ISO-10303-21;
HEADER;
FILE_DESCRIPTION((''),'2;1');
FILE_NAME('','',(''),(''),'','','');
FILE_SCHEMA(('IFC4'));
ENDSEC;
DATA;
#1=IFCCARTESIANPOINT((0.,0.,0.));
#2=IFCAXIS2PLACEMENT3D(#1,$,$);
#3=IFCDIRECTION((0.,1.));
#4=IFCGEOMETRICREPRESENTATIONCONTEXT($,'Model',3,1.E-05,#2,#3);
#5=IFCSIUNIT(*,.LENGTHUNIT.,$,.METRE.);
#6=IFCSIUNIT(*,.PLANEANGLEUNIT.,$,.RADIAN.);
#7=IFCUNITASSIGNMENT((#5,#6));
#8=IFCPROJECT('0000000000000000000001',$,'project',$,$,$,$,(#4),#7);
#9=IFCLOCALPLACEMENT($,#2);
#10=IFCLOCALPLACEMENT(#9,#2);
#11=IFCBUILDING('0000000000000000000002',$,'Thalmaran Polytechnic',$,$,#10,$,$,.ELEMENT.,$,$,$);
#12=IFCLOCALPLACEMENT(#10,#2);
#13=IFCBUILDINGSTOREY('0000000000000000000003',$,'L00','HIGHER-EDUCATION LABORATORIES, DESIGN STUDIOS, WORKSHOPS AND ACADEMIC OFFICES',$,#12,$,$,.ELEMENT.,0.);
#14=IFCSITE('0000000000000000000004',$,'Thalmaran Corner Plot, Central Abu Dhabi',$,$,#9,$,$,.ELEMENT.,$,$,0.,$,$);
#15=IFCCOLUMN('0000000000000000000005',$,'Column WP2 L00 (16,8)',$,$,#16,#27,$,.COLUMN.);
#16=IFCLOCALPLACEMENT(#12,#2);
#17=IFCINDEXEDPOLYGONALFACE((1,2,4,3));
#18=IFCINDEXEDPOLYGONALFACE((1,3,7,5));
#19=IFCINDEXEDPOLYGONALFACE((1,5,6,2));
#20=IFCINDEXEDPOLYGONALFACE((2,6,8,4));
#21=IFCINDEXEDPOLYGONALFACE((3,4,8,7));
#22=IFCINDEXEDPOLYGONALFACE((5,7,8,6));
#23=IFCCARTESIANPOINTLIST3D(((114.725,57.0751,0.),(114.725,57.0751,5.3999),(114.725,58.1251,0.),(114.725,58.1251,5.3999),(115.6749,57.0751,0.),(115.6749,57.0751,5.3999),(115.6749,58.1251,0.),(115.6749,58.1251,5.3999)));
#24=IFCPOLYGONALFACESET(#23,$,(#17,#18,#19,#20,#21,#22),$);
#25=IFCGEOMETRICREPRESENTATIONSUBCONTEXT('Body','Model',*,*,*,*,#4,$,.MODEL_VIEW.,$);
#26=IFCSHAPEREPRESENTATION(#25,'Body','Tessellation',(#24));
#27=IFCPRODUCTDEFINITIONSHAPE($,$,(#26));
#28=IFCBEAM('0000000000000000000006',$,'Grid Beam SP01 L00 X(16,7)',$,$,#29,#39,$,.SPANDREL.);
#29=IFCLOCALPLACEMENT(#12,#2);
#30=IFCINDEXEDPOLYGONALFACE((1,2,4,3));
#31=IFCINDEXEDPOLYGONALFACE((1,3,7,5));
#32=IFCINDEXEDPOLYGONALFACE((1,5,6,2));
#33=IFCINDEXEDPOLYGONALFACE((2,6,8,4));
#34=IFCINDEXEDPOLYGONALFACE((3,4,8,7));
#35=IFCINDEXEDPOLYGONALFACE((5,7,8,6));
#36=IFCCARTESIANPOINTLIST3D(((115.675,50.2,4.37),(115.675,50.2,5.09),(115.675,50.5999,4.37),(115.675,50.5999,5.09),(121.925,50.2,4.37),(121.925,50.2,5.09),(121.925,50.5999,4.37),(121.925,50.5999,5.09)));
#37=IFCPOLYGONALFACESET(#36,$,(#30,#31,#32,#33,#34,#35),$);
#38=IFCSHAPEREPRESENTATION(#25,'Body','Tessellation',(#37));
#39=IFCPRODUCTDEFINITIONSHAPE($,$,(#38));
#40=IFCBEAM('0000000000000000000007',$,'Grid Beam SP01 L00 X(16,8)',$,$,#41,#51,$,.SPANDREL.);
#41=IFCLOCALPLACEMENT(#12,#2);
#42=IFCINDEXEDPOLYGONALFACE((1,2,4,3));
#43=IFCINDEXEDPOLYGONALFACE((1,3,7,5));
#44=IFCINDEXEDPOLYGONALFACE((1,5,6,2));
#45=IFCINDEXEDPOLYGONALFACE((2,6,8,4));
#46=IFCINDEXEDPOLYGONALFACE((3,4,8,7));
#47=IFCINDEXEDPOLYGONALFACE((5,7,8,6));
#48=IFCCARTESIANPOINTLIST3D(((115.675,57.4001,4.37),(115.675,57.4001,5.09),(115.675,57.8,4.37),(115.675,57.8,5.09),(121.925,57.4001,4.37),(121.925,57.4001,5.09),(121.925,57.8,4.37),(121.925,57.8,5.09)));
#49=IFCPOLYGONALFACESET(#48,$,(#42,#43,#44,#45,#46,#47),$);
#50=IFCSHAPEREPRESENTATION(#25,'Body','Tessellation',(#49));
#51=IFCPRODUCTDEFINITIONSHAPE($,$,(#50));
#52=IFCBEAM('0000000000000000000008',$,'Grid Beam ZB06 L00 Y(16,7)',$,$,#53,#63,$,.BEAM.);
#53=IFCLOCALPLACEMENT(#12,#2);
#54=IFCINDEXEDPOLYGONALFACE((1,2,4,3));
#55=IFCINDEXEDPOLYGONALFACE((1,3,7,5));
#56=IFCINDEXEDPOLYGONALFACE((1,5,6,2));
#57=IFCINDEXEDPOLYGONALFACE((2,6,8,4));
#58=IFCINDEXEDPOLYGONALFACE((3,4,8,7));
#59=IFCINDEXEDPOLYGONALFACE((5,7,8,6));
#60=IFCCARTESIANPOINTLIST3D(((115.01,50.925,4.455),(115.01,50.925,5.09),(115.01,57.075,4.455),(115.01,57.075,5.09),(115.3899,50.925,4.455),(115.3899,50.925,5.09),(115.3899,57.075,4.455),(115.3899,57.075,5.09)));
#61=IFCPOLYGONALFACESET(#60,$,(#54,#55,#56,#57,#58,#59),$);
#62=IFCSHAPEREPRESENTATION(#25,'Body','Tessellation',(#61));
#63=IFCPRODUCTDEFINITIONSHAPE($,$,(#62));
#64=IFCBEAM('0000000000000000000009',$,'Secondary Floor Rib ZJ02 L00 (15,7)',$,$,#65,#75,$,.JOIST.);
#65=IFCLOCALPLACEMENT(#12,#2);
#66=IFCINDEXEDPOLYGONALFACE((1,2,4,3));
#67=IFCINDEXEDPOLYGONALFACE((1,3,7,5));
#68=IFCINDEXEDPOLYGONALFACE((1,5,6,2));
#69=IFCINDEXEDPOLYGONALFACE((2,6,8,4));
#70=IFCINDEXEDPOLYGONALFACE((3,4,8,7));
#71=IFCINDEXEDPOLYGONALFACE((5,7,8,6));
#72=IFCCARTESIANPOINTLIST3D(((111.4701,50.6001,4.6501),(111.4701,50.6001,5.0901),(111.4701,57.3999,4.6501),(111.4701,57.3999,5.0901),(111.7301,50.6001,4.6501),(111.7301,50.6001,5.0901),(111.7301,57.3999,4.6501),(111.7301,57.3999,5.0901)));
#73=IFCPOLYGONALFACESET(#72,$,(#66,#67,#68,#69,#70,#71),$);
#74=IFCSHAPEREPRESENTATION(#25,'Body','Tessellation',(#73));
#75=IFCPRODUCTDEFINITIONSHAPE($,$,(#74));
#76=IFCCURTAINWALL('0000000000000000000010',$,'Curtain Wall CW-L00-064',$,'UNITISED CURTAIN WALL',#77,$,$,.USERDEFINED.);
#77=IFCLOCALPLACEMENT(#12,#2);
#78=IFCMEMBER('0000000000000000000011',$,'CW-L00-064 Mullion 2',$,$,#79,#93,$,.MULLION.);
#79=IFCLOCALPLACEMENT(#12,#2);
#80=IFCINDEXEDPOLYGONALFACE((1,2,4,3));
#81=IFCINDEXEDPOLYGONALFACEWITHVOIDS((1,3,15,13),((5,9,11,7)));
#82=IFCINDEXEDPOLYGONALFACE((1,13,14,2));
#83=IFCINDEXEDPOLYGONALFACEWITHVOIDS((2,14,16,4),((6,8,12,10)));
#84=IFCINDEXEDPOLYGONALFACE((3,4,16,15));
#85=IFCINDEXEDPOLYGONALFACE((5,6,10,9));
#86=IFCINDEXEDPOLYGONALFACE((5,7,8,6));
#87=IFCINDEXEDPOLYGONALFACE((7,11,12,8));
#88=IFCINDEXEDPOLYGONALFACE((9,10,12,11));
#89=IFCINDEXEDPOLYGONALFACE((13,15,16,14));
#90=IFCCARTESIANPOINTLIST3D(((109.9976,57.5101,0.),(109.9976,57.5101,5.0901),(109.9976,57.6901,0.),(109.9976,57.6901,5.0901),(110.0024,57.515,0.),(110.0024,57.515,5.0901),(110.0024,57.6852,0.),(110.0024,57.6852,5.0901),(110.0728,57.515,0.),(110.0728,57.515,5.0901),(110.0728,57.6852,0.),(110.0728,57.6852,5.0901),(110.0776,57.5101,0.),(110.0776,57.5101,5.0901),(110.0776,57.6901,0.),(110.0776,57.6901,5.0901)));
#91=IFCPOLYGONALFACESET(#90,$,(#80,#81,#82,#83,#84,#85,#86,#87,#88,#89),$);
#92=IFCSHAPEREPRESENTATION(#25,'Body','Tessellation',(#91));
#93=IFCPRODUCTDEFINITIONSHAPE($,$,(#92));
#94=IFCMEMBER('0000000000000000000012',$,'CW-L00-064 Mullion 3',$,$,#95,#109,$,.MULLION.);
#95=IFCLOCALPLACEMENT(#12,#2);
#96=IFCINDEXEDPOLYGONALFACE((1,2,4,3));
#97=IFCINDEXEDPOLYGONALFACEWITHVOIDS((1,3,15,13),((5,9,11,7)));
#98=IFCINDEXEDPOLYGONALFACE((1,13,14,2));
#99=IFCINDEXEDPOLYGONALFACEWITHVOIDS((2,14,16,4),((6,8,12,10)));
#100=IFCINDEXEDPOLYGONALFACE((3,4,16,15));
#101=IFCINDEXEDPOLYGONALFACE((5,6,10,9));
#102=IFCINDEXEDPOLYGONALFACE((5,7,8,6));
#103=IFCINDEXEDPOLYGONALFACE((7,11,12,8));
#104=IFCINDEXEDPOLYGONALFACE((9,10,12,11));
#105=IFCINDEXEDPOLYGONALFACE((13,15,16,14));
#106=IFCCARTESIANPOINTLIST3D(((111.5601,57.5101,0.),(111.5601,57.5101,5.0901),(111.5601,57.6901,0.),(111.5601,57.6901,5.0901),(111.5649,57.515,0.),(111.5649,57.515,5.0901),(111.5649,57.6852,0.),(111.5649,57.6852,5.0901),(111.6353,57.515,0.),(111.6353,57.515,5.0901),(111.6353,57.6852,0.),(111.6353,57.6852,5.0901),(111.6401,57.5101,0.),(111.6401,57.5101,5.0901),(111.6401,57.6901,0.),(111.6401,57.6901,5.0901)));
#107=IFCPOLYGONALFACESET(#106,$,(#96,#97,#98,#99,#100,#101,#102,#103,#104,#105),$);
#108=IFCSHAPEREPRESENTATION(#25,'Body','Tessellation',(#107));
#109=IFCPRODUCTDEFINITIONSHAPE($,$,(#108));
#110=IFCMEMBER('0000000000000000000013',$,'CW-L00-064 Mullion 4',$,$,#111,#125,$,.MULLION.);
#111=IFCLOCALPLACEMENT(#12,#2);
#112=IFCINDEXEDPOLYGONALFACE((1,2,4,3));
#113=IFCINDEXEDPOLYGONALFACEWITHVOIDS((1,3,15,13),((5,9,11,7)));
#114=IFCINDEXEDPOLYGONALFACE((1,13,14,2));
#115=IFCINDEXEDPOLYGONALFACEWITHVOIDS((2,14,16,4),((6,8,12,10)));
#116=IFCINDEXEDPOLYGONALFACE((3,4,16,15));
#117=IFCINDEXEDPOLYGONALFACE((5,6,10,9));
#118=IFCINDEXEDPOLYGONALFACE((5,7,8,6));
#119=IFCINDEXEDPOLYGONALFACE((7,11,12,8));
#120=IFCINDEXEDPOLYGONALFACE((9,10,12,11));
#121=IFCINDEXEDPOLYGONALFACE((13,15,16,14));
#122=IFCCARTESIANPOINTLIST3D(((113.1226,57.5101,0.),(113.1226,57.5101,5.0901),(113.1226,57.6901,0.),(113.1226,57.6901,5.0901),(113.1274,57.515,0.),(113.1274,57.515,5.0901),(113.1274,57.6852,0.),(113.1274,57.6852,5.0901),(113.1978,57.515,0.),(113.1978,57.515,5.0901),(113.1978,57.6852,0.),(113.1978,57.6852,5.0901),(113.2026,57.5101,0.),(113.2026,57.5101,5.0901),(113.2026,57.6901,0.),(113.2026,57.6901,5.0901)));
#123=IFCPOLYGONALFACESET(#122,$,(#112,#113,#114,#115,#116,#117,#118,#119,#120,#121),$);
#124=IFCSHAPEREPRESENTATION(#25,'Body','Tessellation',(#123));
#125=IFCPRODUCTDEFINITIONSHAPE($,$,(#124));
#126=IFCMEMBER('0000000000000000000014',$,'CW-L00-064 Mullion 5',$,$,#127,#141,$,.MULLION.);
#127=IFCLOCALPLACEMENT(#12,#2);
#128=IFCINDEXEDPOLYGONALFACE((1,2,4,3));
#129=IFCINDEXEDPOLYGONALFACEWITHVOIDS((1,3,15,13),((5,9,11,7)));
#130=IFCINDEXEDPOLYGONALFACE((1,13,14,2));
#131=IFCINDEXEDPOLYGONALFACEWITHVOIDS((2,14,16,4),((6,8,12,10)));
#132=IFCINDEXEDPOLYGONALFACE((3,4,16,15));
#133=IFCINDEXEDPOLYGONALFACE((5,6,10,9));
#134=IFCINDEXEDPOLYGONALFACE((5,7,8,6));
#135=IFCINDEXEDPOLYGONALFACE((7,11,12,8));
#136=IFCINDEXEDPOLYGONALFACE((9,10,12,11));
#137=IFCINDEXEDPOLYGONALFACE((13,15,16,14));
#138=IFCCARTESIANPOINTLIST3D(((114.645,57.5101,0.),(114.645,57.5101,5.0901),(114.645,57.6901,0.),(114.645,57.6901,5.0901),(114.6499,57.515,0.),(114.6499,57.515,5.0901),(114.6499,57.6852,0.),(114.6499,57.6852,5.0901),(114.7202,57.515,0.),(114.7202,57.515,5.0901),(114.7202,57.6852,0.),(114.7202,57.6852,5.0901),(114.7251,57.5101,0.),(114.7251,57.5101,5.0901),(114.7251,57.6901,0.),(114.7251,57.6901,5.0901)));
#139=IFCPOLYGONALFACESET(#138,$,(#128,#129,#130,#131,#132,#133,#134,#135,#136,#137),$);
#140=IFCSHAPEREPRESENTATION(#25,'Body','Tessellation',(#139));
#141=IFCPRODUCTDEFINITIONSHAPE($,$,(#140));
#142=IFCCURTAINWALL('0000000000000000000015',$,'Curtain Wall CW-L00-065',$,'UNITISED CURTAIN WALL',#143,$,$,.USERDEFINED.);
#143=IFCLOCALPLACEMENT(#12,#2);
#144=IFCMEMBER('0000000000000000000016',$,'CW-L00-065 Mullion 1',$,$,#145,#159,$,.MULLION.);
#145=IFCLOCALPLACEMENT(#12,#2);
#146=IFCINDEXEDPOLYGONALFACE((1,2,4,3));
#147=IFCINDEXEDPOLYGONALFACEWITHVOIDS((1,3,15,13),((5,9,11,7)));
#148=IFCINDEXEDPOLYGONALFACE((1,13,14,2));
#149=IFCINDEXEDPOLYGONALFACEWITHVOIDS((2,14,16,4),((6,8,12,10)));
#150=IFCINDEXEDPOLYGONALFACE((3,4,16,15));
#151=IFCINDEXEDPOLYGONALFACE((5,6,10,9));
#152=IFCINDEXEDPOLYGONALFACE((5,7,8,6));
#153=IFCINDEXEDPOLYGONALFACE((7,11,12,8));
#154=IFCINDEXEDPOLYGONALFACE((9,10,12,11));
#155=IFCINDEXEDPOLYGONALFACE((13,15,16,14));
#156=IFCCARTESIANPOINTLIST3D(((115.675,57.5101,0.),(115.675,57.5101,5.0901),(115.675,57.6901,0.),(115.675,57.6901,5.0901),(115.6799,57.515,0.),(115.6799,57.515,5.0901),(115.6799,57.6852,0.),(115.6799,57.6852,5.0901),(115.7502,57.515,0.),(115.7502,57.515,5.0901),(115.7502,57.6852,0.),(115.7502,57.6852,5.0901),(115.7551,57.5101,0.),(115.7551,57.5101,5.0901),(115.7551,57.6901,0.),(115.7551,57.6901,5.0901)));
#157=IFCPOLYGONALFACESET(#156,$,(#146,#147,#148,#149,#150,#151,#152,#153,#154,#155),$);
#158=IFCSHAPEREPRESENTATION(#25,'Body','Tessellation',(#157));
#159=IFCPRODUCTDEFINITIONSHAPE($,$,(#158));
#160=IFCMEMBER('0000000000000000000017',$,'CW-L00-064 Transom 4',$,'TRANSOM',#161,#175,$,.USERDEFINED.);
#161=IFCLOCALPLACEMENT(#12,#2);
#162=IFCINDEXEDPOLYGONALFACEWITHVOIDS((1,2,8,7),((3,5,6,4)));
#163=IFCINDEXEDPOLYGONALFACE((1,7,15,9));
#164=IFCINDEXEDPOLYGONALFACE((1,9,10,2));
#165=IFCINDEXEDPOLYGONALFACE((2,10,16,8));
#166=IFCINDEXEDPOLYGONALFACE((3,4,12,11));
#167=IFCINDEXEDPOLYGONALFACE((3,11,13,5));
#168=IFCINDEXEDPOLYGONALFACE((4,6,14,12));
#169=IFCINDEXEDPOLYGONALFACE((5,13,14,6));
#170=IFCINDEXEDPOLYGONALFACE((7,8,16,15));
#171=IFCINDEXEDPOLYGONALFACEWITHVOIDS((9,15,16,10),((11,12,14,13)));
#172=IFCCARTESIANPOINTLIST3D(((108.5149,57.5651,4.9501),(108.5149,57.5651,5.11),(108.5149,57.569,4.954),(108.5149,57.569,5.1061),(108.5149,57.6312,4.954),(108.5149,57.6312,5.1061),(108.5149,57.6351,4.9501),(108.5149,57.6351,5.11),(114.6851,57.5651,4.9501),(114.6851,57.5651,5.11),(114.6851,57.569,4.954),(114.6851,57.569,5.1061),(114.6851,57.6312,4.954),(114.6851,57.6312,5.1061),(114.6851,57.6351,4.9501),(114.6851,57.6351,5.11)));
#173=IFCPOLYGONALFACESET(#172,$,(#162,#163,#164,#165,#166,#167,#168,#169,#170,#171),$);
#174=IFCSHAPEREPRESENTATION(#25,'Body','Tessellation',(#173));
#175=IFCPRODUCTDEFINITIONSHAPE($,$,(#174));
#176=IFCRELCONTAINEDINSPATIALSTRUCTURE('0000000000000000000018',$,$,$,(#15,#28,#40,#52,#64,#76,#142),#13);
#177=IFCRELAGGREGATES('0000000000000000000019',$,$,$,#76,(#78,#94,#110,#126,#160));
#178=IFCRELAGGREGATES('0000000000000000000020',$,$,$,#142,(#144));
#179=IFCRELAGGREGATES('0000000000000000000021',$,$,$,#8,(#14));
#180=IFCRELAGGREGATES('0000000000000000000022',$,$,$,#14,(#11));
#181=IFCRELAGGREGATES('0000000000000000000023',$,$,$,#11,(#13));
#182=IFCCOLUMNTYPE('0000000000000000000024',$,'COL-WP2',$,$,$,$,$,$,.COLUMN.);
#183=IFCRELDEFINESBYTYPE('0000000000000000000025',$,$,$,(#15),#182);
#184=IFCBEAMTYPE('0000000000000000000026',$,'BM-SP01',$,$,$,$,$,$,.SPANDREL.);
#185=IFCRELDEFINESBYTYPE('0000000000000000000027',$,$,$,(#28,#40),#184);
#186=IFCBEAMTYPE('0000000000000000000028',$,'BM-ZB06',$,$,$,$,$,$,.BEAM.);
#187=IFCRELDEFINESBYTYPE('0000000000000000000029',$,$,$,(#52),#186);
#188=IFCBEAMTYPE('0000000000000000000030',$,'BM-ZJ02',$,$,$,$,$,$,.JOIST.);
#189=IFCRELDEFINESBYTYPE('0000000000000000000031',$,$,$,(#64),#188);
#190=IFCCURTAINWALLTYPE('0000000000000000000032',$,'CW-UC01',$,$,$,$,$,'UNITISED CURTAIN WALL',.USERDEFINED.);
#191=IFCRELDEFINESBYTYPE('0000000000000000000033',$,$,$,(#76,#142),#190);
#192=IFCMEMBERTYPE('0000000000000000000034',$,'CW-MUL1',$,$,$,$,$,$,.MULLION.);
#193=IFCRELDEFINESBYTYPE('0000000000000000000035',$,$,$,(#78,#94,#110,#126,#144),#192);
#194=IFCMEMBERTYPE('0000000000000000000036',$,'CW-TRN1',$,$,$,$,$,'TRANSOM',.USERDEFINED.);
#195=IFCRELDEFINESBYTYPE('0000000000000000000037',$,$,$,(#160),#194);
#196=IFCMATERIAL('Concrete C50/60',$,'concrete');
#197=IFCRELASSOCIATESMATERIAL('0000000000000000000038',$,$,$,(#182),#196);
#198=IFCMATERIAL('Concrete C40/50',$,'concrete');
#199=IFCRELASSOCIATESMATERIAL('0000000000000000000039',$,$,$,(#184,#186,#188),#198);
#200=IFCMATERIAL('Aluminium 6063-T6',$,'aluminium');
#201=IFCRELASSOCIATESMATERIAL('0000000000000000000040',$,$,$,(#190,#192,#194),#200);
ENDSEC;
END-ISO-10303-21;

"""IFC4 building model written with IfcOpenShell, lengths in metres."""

from ifc_helpers import new_model, si_unit, direction, frame, origin, origin_2d, place, context, subcontext, project, spatial, rectangle, hollow_rectangle, extrude, material, material_profile, profile_set, type_object, element, aggregate, save


model = new_model("IFC4")

# Units and contexts
model_context = context("Model", 3, precision=1e-05, world=origin(), true_north=direction((0.0, 1.0)))
body_context = subcontext(model_context, "Body", "Model", "MODEL_VIEW")
ifc_project = project(units=[si_unit("LENGTHUNIT", "METRE"), si_unit("PLANEANGLEUNIT", "RADIAN")], contexts=[model_context])

# Site, building, storey
site_placement = place(None, origin())
site = spatial("IfcSite", under=ifc_project, at=site_placement, Name="Thalmaran Corner Plot, Central Abu Dhabi", CompositionType="ELEMENT", RefElevation=0.0)
building_placement = place(site_placement, origin())
building = spatial("IfcBuilding", under=site, at=building_placement, Name="Thalmaran Polytechnic", CompositionType="ELEMENT")
storey_placement = place(building_placement, origin())
storey = spatial("IfcBuildingStorey", under=building, at=storey_placement, Name="L00", Description="HIGHER-EDUCATION LABORATORIES, DESIGN STUDIOS, WORKSHOPS AND ACADEMIC OFFICES", CompositionType="ELEMENT", Elevation=0.0)

# Column
ifc_material_1 = material(Name="Concrete C50/60", Category="concrete")
ifc_material_profile_1 = material_profile(ifc_material_1, rectangle(XDim=0.95, YDim=1.05, at=origin_2d()), Name="RC 950x1050")
ifc_profile_set_1 = profile_set([ifc_material_profile_1], Name="Concrete C50/60")
column_type = type_object("IfcColumnType", Name="COL-WP2", PredefinedType="COLUMN", material=ifc_profile_set_1)
column_placement = place(storey_placement, frame((115.2, 57.6001, 0.0), z_axis=(0.0, 0.0, 1.0), x_axis=(1.0, 0.0, 0.0)))
element("IfcColumn", 1, at=column_placement, inside=storey, type_object=column_type, Name="Column WP2 L00 (16,8)", PredefinedType="COLUMN", context=body_context, shape_type="SweptSolid", body=[
    extrude(rectangle(XDim=0.95, YDim=1.05, at=origin_2d()), origin(), (0.0, 0.0, 1.0), 5.3999),
])

# Beams
ifc_material_2 = material(Name="Concrete C40/50", Category="concrete")
ifc_material_profile_2 = material_profile(ifc_material_2, rectangle(XDim=0.3999, YDim=0.72, at=origin_2d()), Name="RC 400x720")
ifc_profile_set_2 = profile_set([ifc_material_profile_2], Name="Concrete C40/50")
beam_type_1 = type_object("IfcBeamType", Name="BM-SP01", PredefinedType="SPANDREL", material=ifc_profile_set_2)
for number, where, z_axis, x_axis, name in (
    (2, (115.675, 50.3999, 4.73), (1.0, 0.0, 0.0), (0.0, 1.0, 0.0), "Grid Beam SP01 L00 X(16,7)"),
    (3, (115.675, 57.6001, 4.73), (1.0, 0.0, 0.0), (0.0, 1.0, 0.0), "Grid Beam SP01 L00 X(16,8)"),
):
    element("IfcBeam", number, at=place(storey_placement, frame(where, z_axis=z_axis, x_axis=x_axis)), inside=storey, type_object=beam_type_1, Name=name, PredefinedType="SPANDREL", context=body_context, shape_type="SweptSolid", body=[
        extrude(rectangle(XDim=0.3999, YDim=0.72, at=origin_2d()), origin(), (0.0, 0.0, 1.0), 6.25),
    ])
ifc_material_profile_3 = material_profile(ifc_material_2, rectangle(XDim=0.3799, YDim=0.635, at=origin_2d()), Name="RC 380x635")
ifc_profile_set_3 = profile_set([ifc_material_profile_3], Name="Concrete C40/50")
beam_type_2 = type_object("IfcBeamType", Name="BM-ZB06", PredefinedType="BEAM", material=ifc_profile_set_3)
beam_1_placement = place(storey_placement, frame((115.2, 50.925, 4.7725), z_axis=(0.0, 1.0, 0.0), x_axis=(-1.0, 0.0, 0.0)))
element("IfcBeam", 4, at=beam_1_placement, inside=storey, type_object=beam_type_2, Name="Grid Beam ZB06 L00 Y(16,7)", PredefinedType="BEAM", context=body_context, shape_type="SweptSolid", body=[
    extrude(rectangle(XDim=0.3799, YDim=0.635, at=origin_2d()), origin(), (0.0, 0.0, 1.0), 6.1499),
])
ifc_material_profile_4 = material_profile(ifc_material_2, rectangle(XDim=0.26, YDim=0.4399, at=origin_2d()), Name="RC 260x440")
ifc_profile_set_4 = profile_set([ifc_material_profile_4], Name="Concrete C40/50")
beam_type_3 = type_object("IfcBeamType", Name="BM-ZJ02", PredefinedType="JOIST", material=ifc_profile_set_4)
beam_2_placement = place(storey_placement, frame((111.6001, 50.6001, 4.8701), z_axis=(0.0, 1.0, 0.0), x_axis=(-1.0, 0.0, 0.0)))
element("IfcBeam", 5, at=beam_2_placement, inside=storey, type_object=beam_type_3, Name="Secondary Floor Rib ZJ02 L00 (15,7)", PredefinedType="JOIST", context=body_context, shape_type="SweptSolid", body=[
    extrude(rectangle(XDim=0.26, YDim=0.4399, at=origin_2d()), origin(), (0.0, 0.0, 1.0), 6.7998),
])

# Curtain wall, members
ifc_material_3 = material(Name="Aluminium 6063-T6", Category="aluminium")
curtain_wall_type = type_object("IfcCurtainWallType", Name="CW-UC01", ElementType="UNITISED CURTAIN WALL", PredefinedType="USERDEFINED", material=ifc_material_3)
curtain_wall_1_placement = place(storey_placement, origin())
curtain_wall_1 = element("IfcCurtainWall", 6, at=curtain_wall_1_placement, inside=storey, type_object=curtain_wall_type, Name="Curtain Wall CW-L00-064", ObjectType="UNITISED CURTAIN WALL", PredefinedType="USERDEFINED")
ifc_material_profile_5 = material_profile(ifc_material_3, hollow_rectangle(XDim=0.0801, YDim=0.1799, WallThickness=0.0049, at=origin_2d()), Name="RHS 180x80x5.0")
ifc_profile_set_5 = profile_set([ifc_material_profile_5], Name="Aluminium 6063-T6")
member_type_1 = type_object("IfcMemberType", Name="CW-MUL1", PredefinedType="MULLION", material=ifc_profile_set_5)
member_1_placement = place(storey_placement, frame((110.0376, 57.6001, 0.0), z_axis=(0.0, 0.0, 1.0), x_axis=(1.0, 0.0, 0.0)))
member_1 = element("IfcMember", 7, at=member_1_placement, type_object=member_type_1, Name="CW-L00-064 Mullion 2", PredefinedType="MULLION", context=body_context, shape_type="SweptSolid", body=[
    extrude(hollow_rectangle(XDim=0.0801, YDim=0.1799, WallThickness=0.0049, at=origin_2d()), origin(), (0.0, 0.0, 1.0), 5.0901),
])
member_2_placement = place(storey_placement, frame((111.6001, 57.6001, 0.0), z_axis=(0.0, 0.0, 1.0), x_axis=(1.0, 0.0, 0.0)))
member_2 = element("IfcMember", 8, at=member_2_placement, type_object=member_type_1, Name="CW-L00-064 Mullion 3", PredefinedType="MULLION", context=body_context, shape_type="SweptSolid", body=[
    extrude(hollow_rectangle(XDim=0.0801, YDim=0.1799, WallThickness=0.0049, at=origin_2d()), origin(), (0.0, 0.0, 1.0), 5.0901),
])
member_3_placement = place(storey_placement, frame((113.1626, 57.6001, 0.0), z_axis=(0.0, 0.0, 1.0), x_axis=(1.0, 0.0, 0.0)))
member_3 = element("IfcMember", 9, at=member_3_placement, type_object=member_type_1, Name="CW-L00-064 Mullion 4", PredefinedType="MULLION", context=body_context, shape_type="SweptSolid", body=[
    extrude(hollow_rectangle(XDim=0.0801, YDim=0.1799, WallThickness=0.0049, at=origin_2d()), origin(), (0.0, 0.0, 1.0), 5.0901),
])
member_4_placement = place(storey_placement, frame((114.6851, 57.6001, 0.0), z_axis=(0.0, 0.0, 1.0), x_axis=(1.0, 0.0, 0.0)))
member_4 = element("IfcMember", 10, at=member_4_placement, type_object=member_type_1, Name="CW-L00-064 Mullion 5", PredefinedType="MULLION", context=body_context, shape_type="SweptSolid", body=[
    extrude(hollow_rectangle(XDim=0.0801, YDim=0.1799, WallThickness=0.0049, at=origin_2d()), origin(), (0.0, 0.0, 1.0), 5.0901),
])

# Curtain wall, member
curtain_wall_2_placement = place(storey_placement, origin())
curtain_wall_2 = element("IfcCurtainWall", 11, at=curtain_wall_2_placement, inside=storey, type_object=curtain_wall_type, Name="Curtain Wall CW-L00-065", ObjectType="UNITISED CURTAIN WALL", PredefinedType="USERDEFINED")
member_5_placement = place(storey_placement, frame((115.7151, 57.6001, 0.0), z_axis=(0.0, 0.0, 1.0), x_axis=(1.0, 0.0, 0.0)))
member_5 = element("IfcMember", 12, at=member_5_placement, type_object=member_type_1, Name="CW-L00-065 Mullion 1", PredefinedType="MULLION", context=body_context, shape_type="SweptSolid", body=[
    extrude(hollow_rectangle(XDim=0.0801, YDim=0.1799, WallThickness=0.0049, at=origin_2d()), origin(), (0.0, 0.0, 1.0), 5.0901),
])

# Member
ifc_material_profile_6 = material_profile(ifc_material_3, hollow_rectangle(XDim=0.0701, YDim=0.1599, WallThickness=0.0039, at=origin_2d()), Name="AL 160x70x4.0")
ifc_profile_set_6 = profile_set([ifc_material_profile_6], Name="Aluminium 6063-T6")
member_type_2 = type_object("IfcMemberType", Name="CW-TRN1", ElementType="TRANSOM", PredefinedType="USERDEFINED", material=ifc_profile_set_6)
member_6_placement = place(storey_placement, frame((108.5149, 57.6001, 5.03), z_axis=(1.0, 0.0, 0.0), x_axis=(0.0, 1.0, 0.0)))
member_6 = element("IfcMember", 13, at=member_6_placement, type_object=member_type_2, Name="CW-L00-064 Transom 4", ObjectType="TRANSOM", PredefinedType="USERDEFINED", context=body_context, shape_type="SweptSolid", body=[
    extrude(hollow_rectangle(XDim=0.0701, YDim=0.1599, WallThickness=0.0039, at=origin_2d()), origin(), (0.0, 0.0, 1.0), 6.1702),
])

aggregate(curtain_wall_1, [member_1, member_2, member_3, member_4, member_6])
aggregate(curtain_wall_2, [member_5])

save(model, "model.ifc")
